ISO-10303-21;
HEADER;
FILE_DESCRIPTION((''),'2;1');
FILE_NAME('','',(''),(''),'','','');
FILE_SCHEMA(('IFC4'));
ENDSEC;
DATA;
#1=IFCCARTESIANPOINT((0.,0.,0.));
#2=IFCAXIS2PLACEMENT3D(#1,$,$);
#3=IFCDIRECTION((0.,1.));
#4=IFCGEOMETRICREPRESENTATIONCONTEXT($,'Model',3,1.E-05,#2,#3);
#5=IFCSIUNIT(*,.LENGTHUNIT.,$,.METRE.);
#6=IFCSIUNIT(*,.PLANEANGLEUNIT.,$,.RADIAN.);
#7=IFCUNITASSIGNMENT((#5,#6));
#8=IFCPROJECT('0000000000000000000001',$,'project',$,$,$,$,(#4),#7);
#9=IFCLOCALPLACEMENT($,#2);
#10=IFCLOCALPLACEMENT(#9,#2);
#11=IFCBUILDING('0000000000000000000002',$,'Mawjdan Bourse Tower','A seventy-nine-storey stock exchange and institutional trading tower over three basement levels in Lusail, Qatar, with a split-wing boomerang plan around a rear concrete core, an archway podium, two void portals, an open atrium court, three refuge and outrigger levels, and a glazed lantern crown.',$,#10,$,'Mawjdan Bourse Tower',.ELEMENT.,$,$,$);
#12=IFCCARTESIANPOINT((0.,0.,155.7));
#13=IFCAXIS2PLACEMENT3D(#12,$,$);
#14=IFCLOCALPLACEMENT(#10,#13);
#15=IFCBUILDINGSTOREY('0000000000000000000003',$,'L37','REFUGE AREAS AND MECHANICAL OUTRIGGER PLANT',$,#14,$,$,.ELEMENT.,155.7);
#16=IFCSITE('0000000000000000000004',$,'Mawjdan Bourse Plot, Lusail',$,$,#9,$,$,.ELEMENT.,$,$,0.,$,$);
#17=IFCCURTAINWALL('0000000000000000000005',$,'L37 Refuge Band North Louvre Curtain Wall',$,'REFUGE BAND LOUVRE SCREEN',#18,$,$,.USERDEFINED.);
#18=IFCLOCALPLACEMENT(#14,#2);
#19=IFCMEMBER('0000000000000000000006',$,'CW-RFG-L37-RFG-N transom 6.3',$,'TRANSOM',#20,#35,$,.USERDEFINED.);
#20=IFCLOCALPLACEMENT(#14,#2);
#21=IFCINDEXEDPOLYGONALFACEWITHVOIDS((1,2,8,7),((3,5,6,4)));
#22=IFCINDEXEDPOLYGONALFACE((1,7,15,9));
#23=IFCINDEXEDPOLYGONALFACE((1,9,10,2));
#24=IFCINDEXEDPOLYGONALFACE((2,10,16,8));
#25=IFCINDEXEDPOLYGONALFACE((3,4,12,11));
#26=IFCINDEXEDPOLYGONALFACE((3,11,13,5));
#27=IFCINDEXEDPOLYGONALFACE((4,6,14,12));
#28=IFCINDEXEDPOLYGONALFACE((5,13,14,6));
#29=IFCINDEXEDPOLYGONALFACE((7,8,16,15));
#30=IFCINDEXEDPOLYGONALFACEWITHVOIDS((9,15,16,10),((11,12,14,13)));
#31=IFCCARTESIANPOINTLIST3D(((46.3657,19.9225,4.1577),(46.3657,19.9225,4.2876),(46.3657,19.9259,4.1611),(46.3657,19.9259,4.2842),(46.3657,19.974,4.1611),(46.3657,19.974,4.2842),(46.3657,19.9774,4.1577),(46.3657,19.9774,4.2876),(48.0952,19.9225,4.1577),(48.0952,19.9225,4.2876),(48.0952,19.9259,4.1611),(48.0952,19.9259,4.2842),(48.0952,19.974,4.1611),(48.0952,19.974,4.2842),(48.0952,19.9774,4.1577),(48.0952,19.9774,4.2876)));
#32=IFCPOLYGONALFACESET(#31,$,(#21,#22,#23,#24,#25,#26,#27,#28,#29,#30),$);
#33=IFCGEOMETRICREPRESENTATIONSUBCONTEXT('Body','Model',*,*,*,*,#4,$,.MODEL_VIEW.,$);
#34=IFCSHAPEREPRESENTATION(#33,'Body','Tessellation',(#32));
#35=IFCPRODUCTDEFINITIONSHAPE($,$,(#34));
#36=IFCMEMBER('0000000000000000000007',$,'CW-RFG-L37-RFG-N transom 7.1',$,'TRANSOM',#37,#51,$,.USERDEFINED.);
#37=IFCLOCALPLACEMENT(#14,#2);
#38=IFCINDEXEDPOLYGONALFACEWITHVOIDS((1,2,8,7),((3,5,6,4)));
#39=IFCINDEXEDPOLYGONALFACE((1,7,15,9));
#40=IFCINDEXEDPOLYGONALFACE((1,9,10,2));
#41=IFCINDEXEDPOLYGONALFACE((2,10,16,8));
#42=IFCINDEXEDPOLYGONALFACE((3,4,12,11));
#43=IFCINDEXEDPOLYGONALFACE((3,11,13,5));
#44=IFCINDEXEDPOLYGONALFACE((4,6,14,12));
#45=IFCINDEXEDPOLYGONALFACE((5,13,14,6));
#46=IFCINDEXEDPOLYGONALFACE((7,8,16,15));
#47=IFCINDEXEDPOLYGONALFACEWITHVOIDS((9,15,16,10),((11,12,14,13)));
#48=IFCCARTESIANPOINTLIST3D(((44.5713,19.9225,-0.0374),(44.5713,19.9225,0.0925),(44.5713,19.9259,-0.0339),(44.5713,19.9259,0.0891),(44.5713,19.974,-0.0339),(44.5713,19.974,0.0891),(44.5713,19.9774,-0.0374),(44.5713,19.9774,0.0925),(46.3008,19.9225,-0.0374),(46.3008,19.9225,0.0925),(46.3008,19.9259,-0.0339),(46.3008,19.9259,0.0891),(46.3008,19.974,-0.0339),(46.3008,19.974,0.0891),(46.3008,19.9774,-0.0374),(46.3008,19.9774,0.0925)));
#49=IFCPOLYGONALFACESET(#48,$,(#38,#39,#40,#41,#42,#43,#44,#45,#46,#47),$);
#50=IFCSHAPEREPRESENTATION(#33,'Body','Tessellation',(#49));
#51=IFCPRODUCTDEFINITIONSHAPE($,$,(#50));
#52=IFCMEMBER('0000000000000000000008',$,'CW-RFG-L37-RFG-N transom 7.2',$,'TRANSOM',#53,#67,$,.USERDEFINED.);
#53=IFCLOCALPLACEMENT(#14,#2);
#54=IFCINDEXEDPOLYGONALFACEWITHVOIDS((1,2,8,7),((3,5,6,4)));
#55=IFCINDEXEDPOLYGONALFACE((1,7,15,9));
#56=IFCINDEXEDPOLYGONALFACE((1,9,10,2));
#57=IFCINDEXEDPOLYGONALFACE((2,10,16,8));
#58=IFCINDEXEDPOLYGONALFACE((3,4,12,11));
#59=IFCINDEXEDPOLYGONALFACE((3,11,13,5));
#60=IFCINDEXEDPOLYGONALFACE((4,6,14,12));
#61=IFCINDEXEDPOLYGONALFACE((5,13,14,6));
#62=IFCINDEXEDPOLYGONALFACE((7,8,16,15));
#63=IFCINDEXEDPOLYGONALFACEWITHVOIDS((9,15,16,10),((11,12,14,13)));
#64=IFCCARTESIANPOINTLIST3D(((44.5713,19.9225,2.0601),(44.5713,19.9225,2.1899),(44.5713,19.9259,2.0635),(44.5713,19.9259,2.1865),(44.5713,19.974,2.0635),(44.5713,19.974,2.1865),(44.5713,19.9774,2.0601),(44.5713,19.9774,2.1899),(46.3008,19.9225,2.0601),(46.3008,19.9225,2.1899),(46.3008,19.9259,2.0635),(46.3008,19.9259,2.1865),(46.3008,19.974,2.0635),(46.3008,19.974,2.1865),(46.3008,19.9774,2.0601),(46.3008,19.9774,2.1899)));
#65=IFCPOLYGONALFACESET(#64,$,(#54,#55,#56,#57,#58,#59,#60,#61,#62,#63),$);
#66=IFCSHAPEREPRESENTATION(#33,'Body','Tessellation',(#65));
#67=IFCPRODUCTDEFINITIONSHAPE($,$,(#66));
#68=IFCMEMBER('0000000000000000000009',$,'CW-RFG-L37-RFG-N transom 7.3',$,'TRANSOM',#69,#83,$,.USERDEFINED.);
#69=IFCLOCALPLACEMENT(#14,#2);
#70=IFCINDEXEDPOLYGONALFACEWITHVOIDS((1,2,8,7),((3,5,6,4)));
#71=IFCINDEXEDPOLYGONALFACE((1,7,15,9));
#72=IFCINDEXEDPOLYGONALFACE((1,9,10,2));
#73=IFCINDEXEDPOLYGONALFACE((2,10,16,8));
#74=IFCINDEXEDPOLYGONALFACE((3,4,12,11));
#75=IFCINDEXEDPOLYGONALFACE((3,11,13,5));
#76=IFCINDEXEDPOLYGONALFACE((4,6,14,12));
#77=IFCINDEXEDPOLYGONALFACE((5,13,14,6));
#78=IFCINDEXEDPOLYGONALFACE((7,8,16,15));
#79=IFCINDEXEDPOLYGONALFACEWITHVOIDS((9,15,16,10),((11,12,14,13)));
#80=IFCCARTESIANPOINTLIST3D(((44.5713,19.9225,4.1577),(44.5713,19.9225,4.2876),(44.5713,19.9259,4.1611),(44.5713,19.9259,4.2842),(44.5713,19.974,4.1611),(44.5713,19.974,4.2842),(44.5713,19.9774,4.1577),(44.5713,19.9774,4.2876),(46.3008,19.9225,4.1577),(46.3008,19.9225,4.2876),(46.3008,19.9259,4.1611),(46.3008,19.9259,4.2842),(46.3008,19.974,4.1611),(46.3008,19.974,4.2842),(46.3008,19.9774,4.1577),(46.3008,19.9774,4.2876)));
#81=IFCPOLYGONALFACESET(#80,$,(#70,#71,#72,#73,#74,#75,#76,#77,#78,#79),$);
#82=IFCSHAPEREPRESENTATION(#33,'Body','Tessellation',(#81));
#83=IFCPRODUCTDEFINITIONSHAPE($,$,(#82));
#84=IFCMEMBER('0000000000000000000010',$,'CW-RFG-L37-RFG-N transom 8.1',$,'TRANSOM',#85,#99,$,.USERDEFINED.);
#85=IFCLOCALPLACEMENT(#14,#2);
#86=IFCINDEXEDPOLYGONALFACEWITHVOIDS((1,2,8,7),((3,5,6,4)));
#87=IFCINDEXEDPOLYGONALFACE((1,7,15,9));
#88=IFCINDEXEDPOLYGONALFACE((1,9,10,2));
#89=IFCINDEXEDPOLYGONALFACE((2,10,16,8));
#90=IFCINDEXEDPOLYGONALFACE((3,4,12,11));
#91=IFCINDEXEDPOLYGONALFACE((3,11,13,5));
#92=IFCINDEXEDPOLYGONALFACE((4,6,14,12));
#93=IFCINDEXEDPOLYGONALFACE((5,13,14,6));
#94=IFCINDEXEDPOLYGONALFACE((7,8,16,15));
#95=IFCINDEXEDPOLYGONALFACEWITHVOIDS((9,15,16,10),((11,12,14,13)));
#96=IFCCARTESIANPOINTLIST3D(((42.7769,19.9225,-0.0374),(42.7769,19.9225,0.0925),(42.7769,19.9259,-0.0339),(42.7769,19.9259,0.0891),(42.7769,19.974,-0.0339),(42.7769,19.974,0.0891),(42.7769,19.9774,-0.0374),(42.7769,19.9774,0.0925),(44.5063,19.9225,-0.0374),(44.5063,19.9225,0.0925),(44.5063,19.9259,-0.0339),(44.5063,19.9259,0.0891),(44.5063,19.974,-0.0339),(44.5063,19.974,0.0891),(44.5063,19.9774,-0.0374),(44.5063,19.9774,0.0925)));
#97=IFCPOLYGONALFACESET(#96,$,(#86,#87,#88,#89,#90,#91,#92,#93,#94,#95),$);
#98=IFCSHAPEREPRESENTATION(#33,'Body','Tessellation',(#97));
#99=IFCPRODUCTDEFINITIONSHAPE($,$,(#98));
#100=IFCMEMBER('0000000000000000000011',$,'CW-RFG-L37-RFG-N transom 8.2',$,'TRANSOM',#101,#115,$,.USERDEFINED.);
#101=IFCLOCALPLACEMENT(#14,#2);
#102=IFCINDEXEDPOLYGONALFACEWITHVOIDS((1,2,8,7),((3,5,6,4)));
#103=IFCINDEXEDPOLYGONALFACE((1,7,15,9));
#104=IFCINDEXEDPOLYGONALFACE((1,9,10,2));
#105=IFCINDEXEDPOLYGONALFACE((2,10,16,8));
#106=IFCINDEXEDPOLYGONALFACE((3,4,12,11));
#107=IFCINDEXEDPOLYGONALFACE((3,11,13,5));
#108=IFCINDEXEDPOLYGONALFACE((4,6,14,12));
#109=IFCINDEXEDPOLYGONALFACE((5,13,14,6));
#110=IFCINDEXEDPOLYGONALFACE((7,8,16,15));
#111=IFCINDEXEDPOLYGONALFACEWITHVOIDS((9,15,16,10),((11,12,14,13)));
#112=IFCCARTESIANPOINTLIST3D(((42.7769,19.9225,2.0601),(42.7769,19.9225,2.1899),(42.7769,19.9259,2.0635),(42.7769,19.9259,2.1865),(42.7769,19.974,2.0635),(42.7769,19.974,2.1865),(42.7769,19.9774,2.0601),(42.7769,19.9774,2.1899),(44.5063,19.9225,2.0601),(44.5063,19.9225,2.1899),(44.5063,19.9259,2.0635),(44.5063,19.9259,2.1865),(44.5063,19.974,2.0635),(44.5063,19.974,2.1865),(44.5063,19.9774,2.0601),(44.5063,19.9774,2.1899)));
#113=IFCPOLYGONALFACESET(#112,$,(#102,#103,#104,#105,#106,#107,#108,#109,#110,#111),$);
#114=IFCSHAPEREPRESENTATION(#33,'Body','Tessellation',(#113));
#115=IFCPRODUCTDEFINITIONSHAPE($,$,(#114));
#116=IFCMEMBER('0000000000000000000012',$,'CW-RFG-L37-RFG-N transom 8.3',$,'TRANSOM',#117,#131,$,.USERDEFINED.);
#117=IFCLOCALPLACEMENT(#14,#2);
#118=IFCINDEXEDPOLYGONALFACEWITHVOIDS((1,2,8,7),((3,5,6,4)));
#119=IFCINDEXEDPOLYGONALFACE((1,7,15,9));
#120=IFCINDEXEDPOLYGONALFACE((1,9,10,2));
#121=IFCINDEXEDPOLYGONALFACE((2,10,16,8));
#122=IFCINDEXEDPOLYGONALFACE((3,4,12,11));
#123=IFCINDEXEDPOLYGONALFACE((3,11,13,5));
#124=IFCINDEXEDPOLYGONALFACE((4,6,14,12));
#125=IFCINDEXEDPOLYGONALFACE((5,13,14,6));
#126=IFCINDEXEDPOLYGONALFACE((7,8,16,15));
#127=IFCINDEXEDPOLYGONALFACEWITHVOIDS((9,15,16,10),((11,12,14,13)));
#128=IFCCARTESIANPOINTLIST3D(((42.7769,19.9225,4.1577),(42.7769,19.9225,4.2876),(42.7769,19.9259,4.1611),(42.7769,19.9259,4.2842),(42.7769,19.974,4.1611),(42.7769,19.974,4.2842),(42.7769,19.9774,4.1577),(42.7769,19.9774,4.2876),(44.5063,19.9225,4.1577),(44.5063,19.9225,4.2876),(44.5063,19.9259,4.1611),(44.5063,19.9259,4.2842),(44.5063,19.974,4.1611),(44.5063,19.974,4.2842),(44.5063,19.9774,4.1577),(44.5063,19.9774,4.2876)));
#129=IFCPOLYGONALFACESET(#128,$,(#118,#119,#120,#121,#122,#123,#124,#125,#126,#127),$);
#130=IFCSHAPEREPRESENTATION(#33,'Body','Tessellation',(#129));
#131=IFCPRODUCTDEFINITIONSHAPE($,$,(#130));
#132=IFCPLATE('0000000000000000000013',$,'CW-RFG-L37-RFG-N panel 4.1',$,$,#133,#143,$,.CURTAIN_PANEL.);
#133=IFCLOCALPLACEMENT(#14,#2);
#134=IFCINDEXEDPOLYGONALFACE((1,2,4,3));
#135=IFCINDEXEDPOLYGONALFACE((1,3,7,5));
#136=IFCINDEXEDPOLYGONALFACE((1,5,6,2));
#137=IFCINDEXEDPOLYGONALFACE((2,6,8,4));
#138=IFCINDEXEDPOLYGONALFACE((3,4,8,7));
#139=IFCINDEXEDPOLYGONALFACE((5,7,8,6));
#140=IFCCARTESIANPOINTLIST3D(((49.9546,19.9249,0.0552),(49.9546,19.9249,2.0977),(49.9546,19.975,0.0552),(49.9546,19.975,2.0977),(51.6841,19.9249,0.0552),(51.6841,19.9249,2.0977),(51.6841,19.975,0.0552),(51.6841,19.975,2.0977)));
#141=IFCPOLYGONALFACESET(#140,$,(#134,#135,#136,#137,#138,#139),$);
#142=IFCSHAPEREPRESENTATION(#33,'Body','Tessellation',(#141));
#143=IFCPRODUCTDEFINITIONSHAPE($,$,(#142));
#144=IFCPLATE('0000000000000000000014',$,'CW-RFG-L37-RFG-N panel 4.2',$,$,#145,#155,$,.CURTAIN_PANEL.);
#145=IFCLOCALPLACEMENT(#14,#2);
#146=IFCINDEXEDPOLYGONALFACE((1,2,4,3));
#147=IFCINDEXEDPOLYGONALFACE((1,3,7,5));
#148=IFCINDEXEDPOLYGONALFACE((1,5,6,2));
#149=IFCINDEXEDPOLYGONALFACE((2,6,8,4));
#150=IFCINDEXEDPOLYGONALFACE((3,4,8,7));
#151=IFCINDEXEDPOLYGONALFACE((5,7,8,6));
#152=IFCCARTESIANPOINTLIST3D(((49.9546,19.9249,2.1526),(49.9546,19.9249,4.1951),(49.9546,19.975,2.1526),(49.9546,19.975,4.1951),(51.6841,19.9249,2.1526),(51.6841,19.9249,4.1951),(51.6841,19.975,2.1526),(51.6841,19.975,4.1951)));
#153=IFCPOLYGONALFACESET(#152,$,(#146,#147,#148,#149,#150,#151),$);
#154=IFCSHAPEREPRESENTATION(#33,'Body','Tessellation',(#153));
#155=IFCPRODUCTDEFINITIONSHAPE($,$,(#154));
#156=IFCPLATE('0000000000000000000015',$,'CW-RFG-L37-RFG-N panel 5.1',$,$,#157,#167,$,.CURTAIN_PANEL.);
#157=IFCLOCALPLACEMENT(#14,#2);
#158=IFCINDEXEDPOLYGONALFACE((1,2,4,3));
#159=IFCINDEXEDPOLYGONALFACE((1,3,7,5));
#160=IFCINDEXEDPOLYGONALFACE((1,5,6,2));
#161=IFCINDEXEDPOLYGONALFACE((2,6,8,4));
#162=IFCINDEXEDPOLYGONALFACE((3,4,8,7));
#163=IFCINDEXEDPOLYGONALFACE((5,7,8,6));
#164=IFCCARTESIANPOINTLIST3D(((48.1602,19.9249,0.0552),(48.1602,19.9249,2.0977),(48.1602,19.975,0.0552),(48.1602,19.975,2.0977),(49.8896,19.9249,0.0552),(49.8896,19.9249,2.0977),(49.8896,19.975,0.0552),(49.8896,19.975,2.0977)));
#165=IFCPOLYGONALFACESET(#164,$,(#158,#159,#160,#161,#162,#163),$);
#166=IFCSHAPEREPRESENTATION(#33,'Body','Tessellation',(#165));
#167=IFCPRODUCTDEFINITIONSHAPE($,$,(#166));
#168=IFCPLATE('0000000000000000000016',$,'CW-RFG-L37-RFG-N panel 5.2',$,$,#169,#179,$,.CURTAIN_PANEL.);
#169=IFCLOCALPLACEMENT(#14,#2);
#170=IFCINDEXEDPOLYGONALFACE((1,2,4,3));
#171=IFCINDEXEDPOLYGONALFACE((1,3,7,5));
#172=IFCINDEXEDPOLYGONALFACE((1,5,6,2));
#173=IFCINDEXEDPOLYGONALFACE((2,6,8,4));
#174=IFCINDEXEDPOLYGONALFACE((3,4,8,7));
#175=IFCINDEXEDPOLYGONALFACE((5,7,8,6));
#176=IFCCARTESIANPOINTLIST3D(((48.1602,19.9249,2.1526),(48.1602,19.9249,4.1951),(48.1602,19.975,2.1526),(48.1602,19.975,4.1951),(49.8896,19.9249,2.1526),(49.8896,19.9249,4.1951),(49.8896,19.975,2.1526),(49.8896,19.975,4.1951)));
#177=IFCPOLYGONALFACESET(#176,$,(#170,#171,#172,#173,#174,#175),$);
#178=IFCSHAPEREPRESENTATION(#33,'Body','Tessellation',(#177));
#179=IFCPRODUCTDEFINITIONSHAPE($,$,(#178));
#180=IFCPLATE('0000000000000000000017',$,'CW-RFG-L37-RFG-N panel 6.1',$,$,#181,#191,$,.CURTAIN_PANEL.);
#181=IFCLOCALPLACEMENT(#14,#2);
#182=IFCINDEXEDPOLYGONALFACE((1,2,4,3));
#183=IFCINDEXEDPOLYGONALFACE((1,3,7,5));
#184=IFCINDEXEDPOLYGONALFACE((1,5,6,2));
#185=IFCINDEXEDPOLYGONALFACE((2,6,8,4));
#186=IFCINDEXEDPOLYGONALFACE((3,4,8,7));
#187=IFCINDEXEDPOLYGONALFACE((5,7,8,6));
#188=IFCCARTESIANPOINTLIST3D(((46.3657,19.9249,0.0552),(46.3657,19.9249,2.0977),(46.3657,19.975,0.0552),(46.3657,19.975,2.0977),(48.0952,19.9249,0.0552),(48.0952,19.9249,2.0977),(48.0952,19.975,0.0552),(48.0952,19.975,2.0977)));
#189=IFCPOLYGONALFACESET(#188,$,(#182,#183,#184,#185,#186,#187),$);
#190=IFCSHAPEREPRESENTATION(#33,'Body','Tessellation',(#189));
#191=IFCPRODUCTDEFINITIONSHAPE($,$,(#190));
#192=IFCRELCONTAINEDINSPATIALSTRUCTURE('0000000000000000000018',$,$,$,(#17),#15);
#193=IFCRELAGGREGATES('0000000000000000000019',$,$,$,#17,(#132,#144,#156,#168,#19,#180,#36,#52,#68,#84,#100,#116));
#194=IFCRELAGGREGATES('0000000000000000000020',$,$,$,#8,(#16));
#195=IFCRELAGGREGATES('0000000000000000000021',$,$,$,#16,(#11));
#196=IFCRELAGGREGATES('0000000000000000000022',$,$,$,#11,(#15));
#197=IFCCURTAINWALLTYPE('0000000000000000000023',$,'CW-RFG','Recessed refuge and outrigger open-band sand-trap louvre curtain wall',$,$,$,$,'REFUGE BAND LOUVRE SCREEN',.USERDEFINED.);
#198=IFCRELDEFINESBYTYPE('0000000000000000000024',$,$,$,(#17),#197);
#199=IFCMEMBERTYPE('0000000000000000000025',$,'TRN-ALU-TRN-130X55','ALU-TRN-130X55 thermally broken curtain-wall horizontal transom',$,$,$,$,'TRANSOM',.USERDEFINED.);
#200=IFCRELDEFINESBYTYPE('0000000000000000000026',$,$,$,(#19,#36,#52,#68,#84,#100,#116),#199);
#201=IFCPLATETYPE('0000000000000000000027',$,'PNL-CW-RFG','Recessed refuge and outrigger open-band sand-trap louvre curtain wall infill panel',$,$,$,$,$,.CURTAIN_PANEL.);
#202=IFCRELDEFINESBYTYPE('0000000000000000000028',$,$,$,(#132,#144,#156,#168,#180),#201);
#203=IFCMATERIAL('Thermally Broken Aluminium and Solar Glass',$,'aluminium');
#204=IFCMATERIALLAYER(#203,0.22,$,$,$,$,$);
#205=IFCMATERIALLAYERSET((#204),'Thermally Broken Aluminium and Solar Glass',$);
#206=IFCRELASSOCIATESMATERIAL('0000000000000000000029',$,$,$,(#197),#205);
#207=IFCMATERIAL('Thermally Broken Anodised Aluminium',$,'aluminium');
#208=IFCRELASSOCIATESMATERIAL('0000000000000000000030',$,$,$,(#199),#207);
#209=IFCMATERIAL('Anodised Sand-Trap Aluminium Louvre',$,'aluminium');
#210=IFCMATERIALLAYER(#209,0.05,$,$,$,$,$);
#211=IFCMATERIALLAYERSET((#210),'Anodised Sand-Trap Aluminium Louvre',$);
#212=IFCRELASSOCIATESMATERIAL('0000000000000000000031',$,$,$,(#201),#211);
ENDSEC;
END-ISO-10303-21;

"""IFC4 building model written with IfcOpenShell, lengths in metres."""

from ifc_helpers import new_model, si_unit, direction, frame, origin, origin_2d, place, context, subcontext, project, spatial, rectangle, hollow_rectangle, extrude, material, layer, layer_set, material_profile, profile_set, type_object, element, aggregate, save


model = new_model("IFC4")

# Units and contexts
model_context = context("Model", 3, precision=1e-05, world=origin(), true_north=direction((0.0, 1.0)))
body_context = subcontext(model_context, "Body", "Model", "MODEL_VIEW")
ifc_project = project(units=[si_unit("LENGTHUNIT", "METRE"), si_unit("PLANEANGLEUNIT", "RADIAN")], contexts=[model_context])

# Site, building, storey
site_placement = place(None, origin())
site = spatial("IfcSite", under=ifc_project, at=site_placement, Name="Mawjdan Bourse Plot, Lusail", CompositionType="ELEMENT", RefElevation=0.0)
building_placement = place(site_placement, origin())
building = spatial("IfcBuilding", under=site, at=building_placement, Name="Mawjdan Bourse Tower", Description="A seventy-nine-storey stock exchange and institutional trading tower over three basement levels in Lusail, Qatar, with a split-wing boomerang plan around a rear concrete core, an archway podium, two void portals, an open atrium court, three refuge and outrigger levels, and a glazed lantern crown.", LongName="Mawjdan Bourse Tower", CompositionType="ELEMENT")
storey_placement = place(building_placement, frame((0.0, 0.0, 155.7)))
storey = spatial("IfcBuildingStorey", under=building, at=storey_placement, Name="L37", Description="REFUGE AREAS AND MECHANICAL OUTRIGGER PLANT", CompositionType="ELEMENT", Elevation=155.7)

# Curtain wall
ifc_material_1 = material(Name="Thermally Broken Aluminium and Solar Glass", Category="aluminium")
ifc_layer_1 = layer(ifc_material_1, 0.22)
ifc_layer_set_1 = layer_set([ifc_layer_1], Name="Thermally Broken Aluminium and Solar Glass")
curtain_wall_type = type_object("IfcCurtainWallType", Name="CW-RFG", Description="Recessed refuge and outrigger open-band sand-trap louvre curtain wall", ElementType="REFUGE BAND LOUVRE SCREEN", PredefinedType="USERDEFINED", material=ifc_layer_set_1)
curtain_wall_placement = place(storey_placement, origin())
curtain_wall = element("IfcCurtainWall", 1, at=curtain_wall_placement, inside=storey, type_object=curtain_wall_type, Name="L37 Refuge Band North Louvre Curtain Wall", ObjectType="REFUGE BAND LOUVRE SCREEN", PredefinedType="USERDEFINED")
ifc_material_2 = material(Name="Thermally Broken Anodised Aluminium", Category="aluminium")

# Members
ifc_material_profile_1 = material_profile(ifc_material_2, hollow_rectangle(XDim=0.0549, YDim=0.1299, WallThickness=0.0034, at=origin_2d()), Name="ALU-TRN-130X55")
ifc_profile_set_1 = profile_set([ifc_material_profile_1], Name="Thermally Broken Anodised Aluminium")
member_type_1 = type_object("IfcMemberType", Name="TRN-ALU-TRN-130X55", Description="ALU-TRN-130X55 thermally broken curtain-wall horizontal transom", ElementType="TRANSOM", PredefinedType="USERDEFINED", material=ifc_profile_set_1)
member_1_placement = place(storey_placement, frame((48.0952, 19.95, 4.2227), z_axis=(-1.0, 0.0, 0.0), x_axis=(0.0, -1.0, 0.0)))
member_1 = element("IfcMember", 2, at=member_1_placement, type_object=member_type_1, Name="CW-RFG-L37-RFG-N transom 6.3", ObjectType="TRANSOM", PredefinedType="USERDEFINED", context=body_context, shape_type="SweptSolid", body=[
    extrude(hollow_rectangle(XDim=0.0549, YDim=0.1299, WallThickness=0.0034, at=origin_2d()), origin(), (0.0, 0.0, 1.0), 1.7295),
])
member_2_placement = place(storey_placement, frame((46.3008, 19.95, 0.0276), z_axis=(-1.0, 0.0, 0.0), x_axis=(0.0, -1.0, 0.0)))
member_2 = element("IfcMember", 3, at=member_2_placement, type_object=member_type_1, Name="CW-RFG-L37-RFG-N transom 7.1", ObjectType="TRANSOM", PredefinedType="USERDEFINED", context=body_context, shape_type="SweptSolid", body=[
    extrude(hollow_rectangle(XDim=0.0549, YDim=0.1299, WallThickness=0.0034, at=origin_2d()), origin(), (0.0, 0.0, 1.0), 1.7295),
])
member_3_placement = place(storey_placement, frame((46.3008, 19.95, 2.125), z_axis=(-1.0, 0.0, 0.0), x_axis=(0.0, -1.0, 0.0)))
member_3 = element("IfcMember", 4, at=member_3_placement, type_object=member_type_1, Name="CW-RFG-L37-RFG-N transom 7.2", ObjectType="TRANSOM", PredefinedType="USERDEFINED", context=body_context, shape_type="SweptSolid", body=[
    extrude(hollow_rectangle(XDim=0.0549, YDim=0.1299, WallThickness=0.0034, at=origin_2d()), origin(), (0.0, 0.0, 1.0), 1.7295),
])
member_4_placement = place(storey_placement, frame((46.3008, 19.95, 4.2227), z_axis=(-1.0, 0.0, 0.0), x_axis=(0.0, -1.0, 0.0)))
member_4 = element("IfcMember", 5, at=member_4_placement, type_object=member_type_1, Name="CW-RFG-L37-RFG-N transom 7.3", ObjectType="TRANSOM", PredefinedType="USERDEFINED", context=body_context, shape_type="SweptSolid", body=[
    extrude(hollow_rectangle(XDim=0.0549, YDim=0.1299, WallThickness=0.0034, at=origin_2d()), origin(), (0.0, 0.0, 1.0), 1.7295),
])
member_5_placement = place(storey_placement, frame((44.5063, 19.95, 0.0276), z_axis=(-1.0, 0.0, 0.0), x_axis=(0.0, -1.0, 0.0)))
member_5 = element("IfcMember", 6, at=member_5_placement, type_object=member_type_1, Name="CW-RFG-L37-RFG-N transom 8.1", ObjectType="TRANSOM", PredefinedType="USERDEFINED", context=body_context, shape_type="SweptSolid", body=[
    extrude(hollow_rectangle(XDim=0.0549, YDim=0.1299, WallThickness=0.0034, at=origin_2d()), origin(), (0.0, 0.0, 1.0), 1.7295),
])
member_6_placement = place(storey_placement, frame((44.5063, 19.95, 2.125), z_axis=(-1.0, 0.0, 0.0), x_axis=(0.0, -1.0, 0.0)))
member_6 = element("IfcMember", 7, at=member_6_placement, type_object=member_type_1, Name="CW-RFG-L37-RFG-N transom 8.2", ObjectType="TRANSOM", PredefinedType="USERDEFINED", context=body_context, shape_type="SweptSolid", body=[
    extrude(hollow_rectangle(XDim=0.0549, YDim=0.1299, WallThickness=0.0034, at=origin_2d()), origin(), (0.0, 0.0, 1.0), 1.7295),
])
member_7_placement = place(storey_placement, frame((44.5063, 19.95, 4.2227), z_axis=(-1.0, 0.0, 0.0), x_axis=(0.0, -1.0, 0.0)))
member_7 = element("IfcMember", 8, at=member_7_placement, type_object=member_type_1, Name="CW-RFG-L37-RFG-N transom 8.3", ObjectType="TRANSOM", PredefinedType="USERDEFINED", context=body_context, shape_type="SweptSolid", body=[
    extrude(hollow_rectangle(XDim=0.0549, YDim=0.1299, WallThickness=0.0034, at=origin_2d()), origin(), (0.0, 0.0, 1.0), 1.7295),
])

# Plates
ifc_material_3 = material(Name="Anodised Sand-Trap Aluminium Louvre", Category="aluminium")
ifc_layer_2 = layer(ifc_material_3, 0.05)
ifc_layer_set_2 = layer_set([ifc_layer_2], Name="Anodised Sand-Trap Aluminium Louvre")
plate_type = type_object("IfcPlateType", Name="PNL-CW-RFG", Description="Recessed refuge and outrigger open-band sand-trap louvre curtain wall infill panel", PredefinedType="CURTAIN_PANEL", material=ifc_layer_set_2)
plate_1_placement = place(storey_placement, frame((50.8193, 19.95, 0.0552), z_axis=(0.0, 0.0, 1.0), x_axis=(-1.0, 0.0, 0.0)))
plate_1 = element("IfcPlate", 9, at=plate_1_placement, type_object=plate_type, Name="CW-RFG-L37-RFG-N panel 4.1", PredefinedType="CURTAIN_PANEL", context=body_context, shape_type="SweptSolid", body=[
    extrude(rectangle(XDim=1.7295, YDim=0.05, at=origin_2d()), origin(), (0.0, 0.0, 1.0), 2.0425),
])
plate_2_placement = place(storey_placement, frame((50.8193, 19.95, 2.1526), z_axis=(0.0, 0.0, 1.0), x_axis=(-1.0, 0.0, 0.0)))
plate_2 = element("IfcPlate", 10, at=plate_2_placement, type_object=plate_type, Name="CW-RFG-L37-RFG-N panel 4.2", PredefinedType="CURTAIN_PANEL", context=body_context, shape_type="SweptSolid", body=[
    extrude(rectangle(XDim=1.7295, YDim=0.05, at=origin_2d()), origin(), (0.0, 0.0, 1.0), 2.0425),
])
plate_3_placement = place(storey_placement, frame((49.0249, 19.95, 0.0552), z_axis=(0.0, 0.0, 1.0), x_axis=(-1.0, 0.0, 0.0)))
plate_3 = element("IfcPlate", 11, at=plate_3_placement, type_object=plate_type, Name="CW-RFG-L37-RFG-N panel 5.1", PredefinedType="CURTAIN_PANEL", context=body_context, shape_type="SweptSolid", body=[
    extrude(rectangle(XDim=1.7295, YDim=0.05, at=origin_2d()), origin(), (0.0, 0.0, 1.0), 2.0425),
])
plate_4_placement = place(storey_placement, frame((49.0249, 19.95, 2.1526), z_axis=(0.0, 0.0, 1.0), x_axis=(-1.0, 0.0, 0.0)))
plate_4 = element("IfcPlate", 12, at=plate_4_placement, type_object=plate_type, Name="CW-RFG-L37-RFG-N panel 5.2", PredefinedType="CURTAIN_PANEL", context=body_context, shape_type="SweptSolid", body=[
    extrude(rectangle(XDim=1.7295, YDim=0.05, at=origin_2d()), origin(), (0.0, 0.0, 1.0), 2.0425),
])
plate_5_placement = place(storey_placement, frame((47.2305, 19.95, 0.0552), z_axis=(0.0, 0.0, 1.0), x_axis=(-1.0, 0.0, 0.0)))
plate_5 = element("IfcPlate", 13, at=plate_5_placement, type_object=plate_type, Name="CW-RFG-L37-RFG-N panel 6.1", PredefinedType="CURTAIN_PANEL", context=body_context, shape_type="SweptSolid", body=[
    extrude(rectangle(XDim=1.7295, YDim=0.05, at=origin_2d()), origin(), (0.0, 0.0, 1.0), 2.0425),
])
aggregate(curtain_wall, [plate_1, plate_2, plate_3, plate_4, member_1, plate_5, member_2, member_3, member_4, member_5, member_6, member_7])

save(model, "model.ifc")
